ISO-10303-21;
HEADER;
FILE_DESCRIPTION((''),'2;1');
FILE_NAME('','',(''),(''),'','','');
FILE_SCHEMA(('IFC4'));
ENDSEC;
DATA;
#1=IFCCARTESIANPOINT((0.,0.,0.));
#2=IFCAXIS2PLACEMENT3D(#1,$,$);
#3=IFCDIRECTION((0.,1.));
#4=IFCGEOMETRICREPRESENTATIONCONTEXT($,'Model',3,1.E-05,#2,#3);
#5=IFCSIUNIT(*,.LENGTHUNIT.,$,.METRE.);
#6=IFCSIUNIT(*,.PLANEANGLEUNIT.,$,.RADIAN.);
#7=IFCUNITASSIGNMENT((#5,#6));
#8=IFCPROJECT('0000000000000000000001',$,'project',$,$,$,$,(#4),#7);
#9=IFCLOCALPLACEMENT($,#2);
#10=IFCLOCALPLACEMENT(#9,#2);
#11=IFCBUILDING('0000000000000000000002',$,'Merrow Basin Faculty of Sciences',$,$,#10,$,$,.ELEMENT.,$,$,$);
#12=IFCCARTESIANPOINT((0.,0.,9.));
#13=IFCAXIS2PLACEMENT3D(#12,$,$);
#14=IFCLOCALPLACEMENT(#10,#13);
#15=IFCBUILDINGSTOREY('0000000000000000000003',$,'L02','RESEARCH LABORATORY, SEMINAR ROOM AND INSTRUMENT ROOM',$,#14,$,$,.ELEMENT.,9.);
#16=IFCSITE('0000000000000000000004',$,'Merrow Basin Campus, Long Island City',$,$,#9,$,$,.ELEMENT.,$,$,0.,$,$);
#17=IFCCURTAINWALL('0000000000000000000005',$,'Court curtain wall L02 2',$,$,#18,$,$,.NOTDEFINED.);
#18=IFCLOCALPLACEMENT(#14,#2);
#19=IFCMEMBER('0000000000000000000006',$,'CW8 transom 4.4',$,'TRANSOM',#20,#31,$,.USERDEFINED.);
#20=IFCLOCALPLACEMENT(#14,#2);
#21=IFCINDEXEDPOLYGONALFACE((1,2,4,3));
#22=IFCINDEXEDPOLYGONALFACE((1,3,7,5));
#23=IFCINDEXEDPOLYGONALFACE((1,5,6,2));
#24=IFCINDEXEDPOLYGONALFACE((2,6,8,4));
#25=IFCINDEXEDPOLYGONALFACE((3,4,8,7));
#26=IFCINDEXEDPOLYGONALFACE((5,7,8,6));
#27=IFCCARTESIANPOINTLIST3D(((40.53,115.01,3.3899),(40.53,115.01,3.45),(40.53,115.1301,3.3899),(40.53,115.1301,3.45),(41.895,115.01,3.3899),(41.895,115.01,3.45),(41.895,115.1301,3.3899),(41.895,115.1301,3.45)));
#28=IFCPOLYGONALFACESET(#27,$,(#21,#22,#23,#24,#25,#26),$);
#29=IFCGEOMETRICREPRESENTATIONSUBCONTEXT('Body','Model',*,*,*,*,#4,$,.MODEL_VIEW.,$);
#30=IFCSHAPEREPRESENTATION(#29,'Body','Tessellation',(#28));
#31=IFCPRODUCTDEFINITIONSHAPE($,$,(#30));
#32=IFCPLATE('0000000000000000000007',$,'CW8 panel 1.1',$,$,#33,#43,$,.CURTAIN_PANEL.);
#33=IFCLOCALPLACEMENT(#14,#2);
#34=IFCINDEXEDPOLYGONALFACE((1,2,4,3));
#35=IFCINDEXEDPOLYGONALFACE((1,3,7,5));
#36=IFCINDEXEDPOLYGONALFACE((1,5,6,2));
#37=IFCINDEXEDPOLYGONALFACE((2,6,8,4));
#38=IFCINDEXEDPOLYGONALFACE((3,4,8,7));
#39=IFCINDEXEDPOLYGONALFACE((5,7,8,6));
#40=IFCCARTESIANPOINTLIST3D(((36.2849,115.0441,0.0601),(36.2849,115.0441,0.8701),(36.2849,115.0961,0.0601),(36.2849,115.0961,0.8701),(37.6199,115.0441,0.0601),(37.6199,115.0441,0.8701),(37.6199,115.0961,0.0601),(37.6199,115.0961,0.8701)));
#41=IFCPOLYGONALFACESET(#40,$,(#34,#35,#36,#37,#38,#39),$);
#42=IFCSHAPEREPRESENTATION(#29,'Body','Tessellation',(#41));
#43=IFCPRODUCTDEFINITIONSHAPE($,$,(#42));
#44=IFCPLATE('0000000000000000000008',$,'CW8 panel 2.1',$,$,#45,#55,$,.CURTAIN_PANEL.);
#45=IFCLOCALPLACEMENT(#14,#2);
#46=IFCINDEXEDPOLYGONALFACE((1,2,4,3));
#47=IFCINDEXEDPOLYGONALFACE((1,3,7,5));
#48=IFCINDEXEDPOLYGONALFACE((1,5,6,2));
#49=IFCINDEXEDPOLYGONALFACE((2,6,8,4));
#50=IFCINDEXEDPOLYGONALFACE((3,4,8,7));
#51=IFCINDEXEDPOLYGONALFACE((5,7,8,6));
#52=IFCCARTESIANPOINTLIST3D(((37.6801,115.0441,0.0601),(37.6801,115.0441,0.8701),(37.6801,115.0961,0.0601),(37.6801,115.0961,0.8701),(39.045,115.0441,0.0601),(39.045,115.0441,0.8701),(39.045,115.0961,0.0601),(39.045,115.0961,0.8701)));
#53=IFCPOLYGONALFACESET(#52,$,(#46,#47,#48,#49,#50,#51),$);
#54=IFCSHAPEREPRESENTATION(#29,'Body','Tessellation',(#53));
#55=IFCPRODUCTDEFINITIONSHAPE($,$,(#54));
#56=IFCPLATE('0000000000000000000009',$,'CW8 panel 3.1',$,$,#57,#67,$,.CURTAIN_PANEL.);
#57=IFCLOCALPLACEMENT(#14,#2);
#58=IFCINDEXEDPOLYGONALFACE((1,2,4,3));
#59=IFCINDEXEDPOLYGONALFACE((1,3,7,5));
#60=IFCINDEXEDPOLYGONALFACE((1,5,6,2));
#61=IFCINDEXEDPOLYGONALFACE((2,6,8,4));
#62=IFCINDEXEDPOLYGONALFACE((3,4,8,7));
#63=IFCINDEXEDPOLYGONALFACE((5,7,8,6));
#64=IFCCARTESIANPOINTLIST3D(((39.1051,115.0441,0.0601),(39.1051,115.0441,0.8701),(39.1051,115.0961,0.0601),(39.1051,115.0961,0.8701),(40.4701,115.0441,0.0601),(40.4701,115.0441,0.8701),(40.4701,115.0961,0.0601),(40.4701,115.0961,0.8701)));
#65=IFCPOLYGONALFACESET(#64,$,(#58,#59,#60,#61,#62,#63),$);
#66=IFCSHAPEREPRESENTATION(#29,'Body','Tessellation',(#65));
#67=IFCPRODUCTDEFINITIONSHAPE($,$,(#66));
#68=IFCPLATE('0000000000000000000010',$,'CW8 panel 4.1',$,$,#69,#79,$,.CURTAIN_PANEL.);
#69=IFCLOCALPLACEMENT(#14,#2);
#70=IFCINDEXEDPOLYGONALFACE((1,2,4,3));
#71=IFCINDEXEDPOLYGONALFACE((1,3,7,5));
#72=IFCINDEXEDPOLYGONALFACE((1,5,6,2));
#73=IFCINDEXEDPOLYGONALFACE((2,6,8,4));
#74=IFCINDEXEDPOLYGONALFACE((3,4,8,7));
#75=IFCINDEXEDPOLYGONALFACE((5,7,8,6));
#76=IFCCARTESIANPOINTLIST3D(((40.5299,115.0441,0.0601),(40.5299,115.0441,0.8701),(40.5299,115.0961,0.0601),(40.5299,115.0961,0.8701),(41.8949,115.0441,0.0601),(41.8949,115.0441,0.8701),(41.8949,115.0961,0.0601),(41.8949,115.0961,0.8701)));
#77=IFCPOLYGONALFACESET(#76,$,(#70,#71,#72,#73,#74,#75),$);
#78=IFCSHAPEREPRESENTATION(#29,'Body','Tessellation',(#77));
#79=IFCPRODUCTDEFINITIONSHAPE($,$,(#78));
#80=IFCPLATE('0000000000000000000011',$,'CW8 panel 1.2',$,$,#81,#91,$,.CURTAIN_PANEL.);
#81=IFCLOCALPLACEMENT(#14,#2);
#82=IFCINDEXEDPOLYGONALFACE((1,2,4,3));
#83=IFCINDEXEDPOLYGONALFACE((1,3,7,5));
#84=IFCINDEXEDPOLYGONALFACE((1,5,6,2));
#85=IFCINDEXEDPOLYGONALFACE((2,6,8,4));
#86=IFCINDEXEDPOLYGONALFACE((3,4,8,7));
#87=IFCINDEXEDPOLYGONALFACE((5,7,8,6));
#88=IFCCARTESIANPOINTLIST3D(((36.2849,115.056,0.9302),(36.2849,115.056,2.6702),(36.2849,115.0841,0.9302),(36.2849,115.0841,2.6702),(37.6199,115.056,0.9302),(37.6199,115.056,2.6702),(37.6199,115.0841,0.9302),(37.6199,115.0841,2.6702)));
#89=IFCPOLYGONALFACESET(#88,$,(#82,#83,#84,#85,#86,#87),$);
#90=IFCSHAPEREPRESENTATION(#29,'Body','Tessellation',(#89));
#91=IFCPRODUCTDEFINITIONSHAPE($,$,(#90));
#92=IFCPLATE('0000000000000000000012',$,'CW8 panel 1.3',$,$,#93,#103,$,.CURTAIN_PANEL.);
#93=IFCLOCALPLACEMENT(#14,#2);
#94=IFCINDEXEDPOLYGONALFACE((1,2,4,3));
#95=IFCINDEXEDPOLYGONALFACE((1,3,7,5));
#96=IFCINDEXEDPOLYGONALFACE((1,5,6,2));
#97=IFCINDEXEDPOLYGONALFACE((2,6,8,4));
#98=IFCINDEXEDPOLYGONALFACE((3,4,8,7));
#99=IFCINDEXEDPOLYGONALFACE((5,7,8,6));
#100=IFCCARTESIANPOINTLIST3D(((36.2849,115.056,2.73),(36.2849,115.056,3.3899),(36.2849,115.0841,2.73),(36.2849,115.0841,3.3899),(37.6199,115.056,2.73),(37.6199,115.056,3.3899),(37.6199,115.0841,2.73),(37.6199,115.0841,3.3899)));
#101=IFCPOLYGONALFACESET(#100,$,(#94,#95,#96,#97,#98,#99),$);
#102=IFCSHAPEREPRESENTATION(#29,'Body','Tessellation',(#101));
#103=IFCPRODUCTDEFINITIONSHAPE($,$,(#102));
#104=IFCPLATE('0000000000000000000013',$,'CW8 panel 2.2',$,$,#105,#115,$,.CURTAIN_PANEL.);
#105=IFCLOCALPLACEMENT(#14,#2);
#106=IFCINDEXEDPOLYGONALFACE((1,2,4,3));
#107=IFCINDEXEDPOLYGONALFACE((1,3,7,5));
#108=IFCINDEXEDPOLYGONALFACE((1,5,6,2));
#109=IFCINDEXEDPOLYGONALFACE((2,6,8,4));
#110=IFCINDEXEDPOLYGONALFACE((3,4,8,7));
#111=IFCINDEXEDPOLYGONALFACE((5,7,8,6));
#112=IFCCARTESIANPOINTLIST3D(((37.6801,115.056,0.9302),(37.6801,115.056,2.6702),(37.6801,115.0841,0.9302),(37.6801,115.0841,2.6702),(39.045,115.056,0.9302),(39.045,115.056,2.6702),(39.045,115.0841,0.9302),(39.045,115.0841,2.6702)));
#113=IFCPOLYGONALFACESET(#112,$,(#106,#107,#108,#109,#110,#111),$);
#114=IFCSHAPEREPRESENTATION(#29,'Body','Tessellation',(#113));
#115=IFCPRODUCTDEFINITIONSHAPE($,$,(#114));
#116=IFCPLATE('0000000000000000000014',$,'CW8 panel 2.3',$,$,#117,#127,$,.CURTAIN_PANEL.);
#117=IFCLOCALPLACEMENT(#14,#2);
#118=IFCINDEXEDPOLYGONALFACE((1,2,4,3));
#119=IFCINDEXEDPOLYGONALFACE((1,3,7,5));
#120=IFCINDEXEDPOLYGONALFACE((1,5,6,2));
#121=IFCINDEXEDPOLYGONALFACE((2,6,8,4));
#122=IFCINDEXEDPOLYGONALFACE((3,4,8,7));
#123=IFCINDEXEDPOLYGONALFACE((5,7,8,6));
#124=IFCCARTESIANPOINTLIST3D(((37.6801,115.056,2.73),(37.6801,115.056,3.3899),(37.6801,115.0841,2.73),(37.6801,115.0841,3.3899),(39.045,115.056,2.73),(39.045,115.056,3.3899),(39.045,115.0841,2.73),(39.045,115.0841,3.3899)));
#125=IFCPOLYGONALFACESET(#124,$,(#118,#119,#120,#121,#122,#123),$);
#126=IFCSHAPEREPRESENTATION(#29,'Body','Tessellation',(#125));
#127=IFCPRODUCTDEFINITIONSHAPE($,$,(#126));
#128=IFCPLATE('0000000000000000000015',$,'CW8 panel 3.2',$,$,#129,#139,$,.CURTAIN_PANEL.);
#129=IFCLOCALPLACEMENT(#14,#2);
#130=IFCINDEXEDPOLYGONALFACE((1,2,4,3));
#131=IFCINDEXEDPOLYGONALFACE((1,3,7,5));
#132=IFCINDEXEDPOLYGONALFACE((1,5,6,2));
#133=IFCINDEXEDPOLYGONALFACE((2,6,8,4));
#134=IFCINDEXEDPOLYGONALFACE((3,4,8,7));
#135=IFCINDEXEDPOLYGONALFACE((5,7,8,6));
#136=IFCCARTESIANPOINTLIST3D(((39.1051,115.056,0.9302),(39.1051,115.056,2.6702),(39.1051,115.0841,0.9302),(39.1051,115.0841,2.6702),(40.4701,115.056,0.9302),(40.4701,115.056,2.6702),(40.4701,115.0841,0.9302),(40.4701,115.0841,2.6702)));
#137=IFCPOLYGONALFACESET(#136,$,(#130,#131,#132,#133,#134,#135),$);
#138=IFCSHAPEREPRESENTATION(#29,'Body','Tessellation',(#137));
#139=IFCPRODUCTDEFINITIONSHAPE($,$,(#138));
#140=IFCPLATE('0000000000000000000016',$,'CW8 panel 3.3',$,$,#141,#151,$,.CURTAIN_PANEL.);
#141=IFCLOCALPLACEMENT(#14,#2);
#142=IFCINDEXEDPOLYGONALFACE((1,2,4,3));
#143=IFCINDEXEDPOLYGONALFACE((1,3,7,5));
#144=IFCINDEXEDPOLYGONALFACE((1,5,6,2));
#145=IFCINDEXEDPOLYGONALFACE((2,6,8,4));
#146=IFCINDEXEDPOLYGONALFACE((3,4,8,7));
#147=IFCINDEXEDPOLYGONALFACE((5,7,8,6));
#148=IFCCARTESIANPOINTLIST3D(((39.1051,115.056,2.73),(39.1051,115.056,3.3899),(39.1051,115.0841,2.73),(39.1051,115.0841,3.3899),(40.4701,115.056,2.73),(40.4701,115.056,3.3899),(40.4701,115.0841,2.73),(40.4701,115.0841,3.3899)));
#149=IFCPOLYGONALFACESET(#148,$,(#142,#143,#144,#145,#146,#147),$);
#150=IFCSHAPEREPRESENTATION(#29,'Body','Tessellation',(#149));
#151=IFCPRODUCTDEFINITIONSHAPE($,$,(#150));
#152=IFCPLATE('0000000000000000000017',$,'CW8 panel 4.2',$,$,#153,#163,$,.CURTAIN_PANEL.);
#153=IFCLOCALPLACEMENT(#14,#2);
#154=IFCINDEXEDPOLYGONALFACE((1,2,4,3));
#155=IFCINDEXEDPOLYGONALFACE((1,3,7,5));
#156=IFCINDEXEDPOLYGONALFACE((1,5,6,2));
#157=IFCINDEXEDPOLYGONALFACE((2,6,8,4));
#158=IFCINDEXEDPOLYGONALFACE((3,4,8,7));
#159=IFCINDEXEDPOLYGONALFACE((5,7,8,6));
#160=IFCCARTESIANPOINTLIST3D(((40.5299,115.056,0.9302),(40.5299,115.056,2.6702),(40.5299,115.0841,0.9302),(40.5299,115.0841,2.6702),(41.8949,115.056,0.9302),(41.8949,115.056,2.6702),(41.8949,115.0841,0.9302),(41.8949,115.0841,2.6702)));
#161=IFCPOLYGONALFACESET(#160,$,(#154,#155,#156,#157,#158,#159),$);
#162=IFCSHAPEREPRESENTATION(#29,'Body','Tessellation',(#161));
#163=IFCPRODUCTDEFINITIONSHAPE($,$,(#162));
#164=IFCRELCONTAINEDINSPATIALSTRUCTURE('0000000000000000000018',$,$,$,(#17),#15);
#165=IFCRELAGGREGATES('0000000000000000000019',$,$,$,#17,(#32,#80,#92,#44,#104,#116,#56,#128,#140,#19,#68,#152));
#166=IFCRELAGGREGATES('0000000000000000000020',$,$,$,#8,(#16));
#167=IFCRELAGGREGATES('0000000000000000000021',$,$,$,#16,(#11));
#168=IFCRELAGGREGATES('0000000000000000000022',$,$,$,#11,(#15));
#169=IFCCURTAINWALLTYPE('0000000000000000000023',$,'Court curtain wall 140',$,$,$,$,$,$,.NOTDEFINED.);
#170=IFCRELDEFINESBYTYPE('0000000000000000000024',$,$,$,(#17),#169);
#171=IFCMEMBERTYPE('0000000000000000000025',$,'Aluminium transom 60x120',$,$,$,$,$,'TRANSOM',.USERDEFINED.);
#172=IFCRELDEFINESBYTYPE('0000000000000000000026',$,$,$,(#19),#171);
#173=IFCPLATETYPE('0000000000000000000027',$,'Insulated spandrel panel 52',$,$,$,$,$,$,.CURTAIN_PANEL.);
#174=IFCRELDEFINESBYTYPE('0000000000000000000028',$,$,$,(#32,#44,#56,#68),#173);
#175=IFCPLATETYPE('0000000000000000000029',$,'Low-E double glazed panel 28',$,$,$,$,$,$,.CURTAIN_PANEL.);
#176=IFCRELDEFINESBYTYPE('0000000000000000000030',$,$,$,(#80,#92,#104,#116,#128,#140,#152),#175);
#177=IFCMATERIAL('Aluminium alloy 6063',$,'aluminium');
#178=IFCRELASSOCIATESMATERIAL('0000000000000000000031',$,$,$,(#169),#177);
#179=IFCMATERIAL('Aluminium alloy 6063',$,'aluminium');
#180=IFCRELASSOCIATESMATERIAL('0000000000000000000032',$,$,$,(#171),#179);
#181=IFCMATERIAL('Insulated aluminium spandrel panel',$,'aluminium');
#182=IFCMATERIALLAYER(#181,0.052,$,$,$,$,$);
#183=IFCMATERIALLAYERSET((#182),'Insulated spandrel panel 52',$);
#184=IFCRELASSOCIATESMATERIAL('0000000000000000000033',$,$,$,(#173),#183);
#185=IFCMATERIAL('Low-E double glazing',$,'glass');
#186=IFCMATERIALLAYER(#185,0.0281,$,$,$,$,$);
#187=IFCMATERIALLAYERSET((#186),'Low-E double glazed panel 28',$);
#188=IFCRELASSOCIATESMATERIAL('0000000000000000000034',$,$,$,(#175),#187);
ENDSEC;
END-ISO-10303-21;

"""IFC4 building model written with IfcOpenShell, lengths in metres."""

from ifc_helpers import new_model, si_unit, direction, frame, origin, origin_2d, place, context, subcontext, project, spatial, rectangle, extrude, material, layer, layer_set, material_profile, profile_set, type_object, element, aggregate, save


model = new_model("IFC4")

# Units and contexts
model_context = context("Model", 3, precision=1e-05, world=origin(), true_north=direction((0.0, 1.0)))
body_context = subcontext(model_context, "Body", "Model", "MODEL_VIEW")
ifc_project = project(units=[si_unit("LENGTHUNIT", "METRE"), si_unit("PLANEANGLEUNIT", "RADIAN")], contexts=[model_context])

# Site, building, storey
site_placement = place(None, origin())
site = spatial("IfcSite", under=ifc_project, at=site_placement, Name="Merrow Basin Campus, Long Island City", CompositionType="ELEMENT", RefElevation=0.0)
building_placement = place(site_placement, origin())
building = spatial("IfcBuilding", under=site, at=building_placement, Name="Merrow Basin Faculty of Sciences", CompositionType="ELEMENT")
storey_placement = place(building_placement, frame((0.0, 0.0, 9.0)))
storey = spatial("IfcBuildingStorey", under=building, at=storey_placement, Name="L02", Description="RESEARCH LABORATORY, SEMINAR ROOM AND INSTRUMENT ROOM", CompositionType="ELEMENT", Elevation=9.0)

# Curtain wall, member, plates
ifc_material_1 = material(Name="Aluminium alloy 6063", Category="aluminium")
curtain_wall_type = type_object("IfcCurtainWallType", Name="Court curtain wall 140", PredefinedType="NOTDEFINED", material=ifc_material_1)
curtain_wall_placement = place(storey_placement, origin())
curtain_wall = element("IfcCurtainWall", 1, at=curtain_wall_placement, inside=storey, type_object=curtain_wall_type, Name="Court curtain wall L02 2", PredefinedType="NOTDEFINED")
ifc_material_2 = material(Name="Aluminium alloy 6063", Category="aluminium")
ifc_material_profile_1 = material_profile(ifc_material_2, rectangle(XDim=0.1201, YDim=0.0601, at=origin_2d()))
ifc_profile_set_1 = profile_set([ifc_material_profile_1], Name="Aluminium alloy 6063")
member_type_1 = type_object("IfcMemberType", Name="Aluminium transom 60x120", ElementType="TRANSOM", PredefinedType="USERDEFINED", material=ifc_profile_set_1)
member_1_placement = place(storey_placement, frame((40.53, 115.0701, 3.4199), z_axis=(1.0, 0.0, 0.0), x_axis=(0.0, 1.0, 0.0)))
member_1 = element("IfcMember", 2, at=member_1_placement, type_object=member_type_1, Name="CW8 transom 4.4", ObjectType="TRANSOM", PredefinedType="USERDEFINED", context=body_context, shape_type="SweptSolid", body=[
    extrude(rectangle(XDim=0.1201, YDim=0.0601, at=origin_2d()), origin(), (0.0, 0.0, 1.0), 1.365),
])
ifc_material_3 = material(Name="Insulated aluminium spandrel panel", Category="aluminium")
ifc_layer_1 = layer(ifc_material_3, 0.052)
ifc_layer_set_1 = layer_set([ifc_layer_1], Name="Insulated spandrel panel 52")
plate_type_1 = type_object("IfcPlateType", Name="Insulated spandrel panel 52", PredefinedType="CURTAIN_PANEL", material=ifc_layer_set_1)
plate_1_placement = place(storey_placement, frame((36.9524, 115.0701, 0.0601), z_axis=(0.0, 0.0, 1.0), x_axis=(1.0, 0.0, 0.0)))
plate_1 = element("IfcPlate", 3, at=plate_1_placement, type_object=plate_type_1, Name="CW8 panel 1.1", PredefinedType="CURTAIN_PANEL", context=body_context, shape_type="SweptSolid", body=[
    extrude(rectangle(XDim=1.335, YDim=0.052, at=origin_2d()), origin(), (0.0, 0.0, 1.0), 0.8101),
])
plate_2_placement = place(storey_placement, frame((38.3625, 115.0701, 0.0601), z_axis=(0.0, 0.0, 1.0), x_axis=(1.0, 0.0, 0.0)))
plate_2 = element("IfcPlate", 4, at=plate_2_placement, type_object=plate_type_1, Name="CW8 panel 2.1", PredefinedType="CURTAIN_PANEL", context=body_context, shape_type="SweptSolid", body=[
    extrude(rectangle(XDim=1.365, YDim=0.052, at=origin_2d()), origin(), (0.0, 0.0, 1.0), 0.8101),
])
plate_3_placement = place(storey_placement, frame((39.7876, 115.0701, 0.0601), z_axis=(0.0, 0.0, 1.0), x_axis=(1.0, 0.0, 0.0)))
plate_3 = element("IfcPlate", 5, at=plate_3_placement, type_object=plate_type_1, Name="CW8 panel 3.1", PredefinedType="CURTAIN_PANEL", context=body_context, shape_type="SweptSolid", body=[
    extrude(rectangle(XDim=1.365, YDim=0.052, at=origin_2d()), origin(), (0.0, 0.0, 1.0), 0.8101),
])
plate_4_placement = place(storey_placement, frame((41.2124, 115.0701, 0.0601), z_axis=(0.0, 0.0, 1.0), x_axis=(1.0, 0.0, 0.0)))
plate_4 = element("IfcPlate", 6, at=plate_4_placement, type_object=plate_type_1, Name="CW8 panel 4.1", PredefinedType="CURTAIN_PANEL", context=body_context, shape_type="SweptSolid", body=[
    extrude(rectangle(XDim=1.365, YDim=0.052, at=origin_2d()), origin(), (0.0, 0.0, 1.0), 0.8101),
])
ifc_material_4 = material(Name="Low-E double glazing", Category="glass")
ifc_layer_2 = layer(ifc_material_4, 0.0281)
ifc_layer_set_2 = layer_set([ifc_layer_2], Name="Low-E double glazed panel 28")
plate_type_2 = type_object("IfcPlateType", Name="Low-E double glazed panel 28", PredefinedType="CURTAIN_PANEL", material=ifc_layer_set_2)
plate_5_placement = place(storey_placement, frame((36.9524, 115.0701, 0.9302), z_axis=(0.0, 0.0, 1.0), x_axis=(1.0, 0.0, 0.0)))
plate_5 = element("IfcPlate", 7, at=plate_5_placement, type_object=plate_type_2, Name="CW8 panel 1.2", PredefinedType="CURTAIN_PANEL", context=body_context, shape_type="SweptSolid", body=[
    extrude(rectangle(XDim=1.335, YDim=0.0281, at=origin_2d()), origin(), (0.0, 0.0, 1.0), 1.74),
])
plate_6_placement = place(storey_placement, frame((36.9524, 115.0701, 2.73), z_axis=(0.0, 0.0, 1.0), x_axis=(1.0, 0.0, 0.0)))
plate_6 = element("IfcPlate", 8, at=plate_6_placement, type_object=plate_type_2, Name="CW8 panel 1.3", PredefinedType="CURTAIN_PANEL", context=body_context, shape_type="SweptSolid", body=[
    extrude(rectangle(XDim=1.335, YDim=0.0281, at=origin_2d()), origin(), (0.0, 0.0, 1.0), 0.6599),
])
plate_7_placement = place(storey_placement, frame((38.3625, 115.0701, 0.9302), z_axis=(0.0, 0.0, 1.0), x_axis=(1.0, 0.0, 0.0)))
plate_7 = element("IfcPlate", 9, at=plate_7_placement, type_object=plate_type_2, Name="CW8 panel 2.2", PredefinedType="CURTAIN_PANEL", context=body_context, shape_type="SweptSolid", body=[
    extrude(rectangle(XDim=1.365, YDim=0.0281, at=origin_2d()), origin(), (0.0, 0.0, 1.0), 1.74),
])
plate_8_placement = place(storey_placement, frame((38.3625, 115.0701, 2.73), z_axis=(0.0, 0.0, 1.0), x_axis=(1.0, 0.0, 0.0)))
plate_8 = element("IfcPlate", 10, at=plate_8_placement, type_object=plate_type_2, Name="CW8 panel 2.3", PredefinedType="CURTAIN_PANEL", context=body_context, shape_type="SweptSolid", body=[
    extrude(rectangle(XDim=1.365, YDim=0.0281, at=origin_2d()), origin(), (0.0, 0.0, 1.0), 0.6599),
])
plate_9_placement = place(storey_placement, frame((39.7876, 115.0701, 0.9302), z_axis=(0.0, 0.0, 1.0), x_axis=(1.0, 0.0, 0.0)))
plate_9 = element("IfcPlate", 11, at=plate_9_placement, type_object=plate_type_2, Name="CW8 panel 3.2", PredefinedType="CURTAIN_PANEL", context=body_context, shape_type="SweptSolid", body=[
    extrude(rectangle(XDim=1.365, YDim=0.0281, at=origin_2d()), origin(), (0.0, 0.0, 1.0), 1.74),
])
plate_10_placement = place(storey_placement, frame((39.7876, 115.0701, 2.73), z_axis=(0.0, 0.0, 1.0), x_axis=(1.0, 0.0, 0.0)))
plate_10 = element("IfcPlate", 12, at=plate_10_placement, type_object=plate_type_2, Name="CW8 panel 3.3", PredefinedType="CURTAIN_PANEL", context=body_context, shape_type="SweptSolid", body=[
    extrude(rectangle(XDim=1.365, YDim=0.0281, at=origin_2d()), origin(), (0.0, 0.0, 1.0), 0.6599),
])
plate_11_placement = place(storey_placement, frame((41.2124, 115.0701, 0.9302), z_axis=(0.0, 0.0, 1.0), x_axis=(1.0, 0.0, 0.0)))
plate_11 = element("IfcPlate", 13, at=plate_11_placement, type_object=plate_type_2, Name="CW8 panel 4.2", PredefinedType="CURTAIN_PANEL", context=body_context, shape_type="SweptSolid", body=[
    extrude(rectangle(XDim=1.365, YDim=0.0281, at=origin_2d()), origin(), (0.0, 0.0, 1.0), 1.74),
])
aggregate(curtain_wall, [plate_1, plate_5, plate_6, plate_2, plate_7, plate_8, plate_3, plate_9, plate_10, member_1, plate_4, plate_11])

save(model, "model.ifc")
